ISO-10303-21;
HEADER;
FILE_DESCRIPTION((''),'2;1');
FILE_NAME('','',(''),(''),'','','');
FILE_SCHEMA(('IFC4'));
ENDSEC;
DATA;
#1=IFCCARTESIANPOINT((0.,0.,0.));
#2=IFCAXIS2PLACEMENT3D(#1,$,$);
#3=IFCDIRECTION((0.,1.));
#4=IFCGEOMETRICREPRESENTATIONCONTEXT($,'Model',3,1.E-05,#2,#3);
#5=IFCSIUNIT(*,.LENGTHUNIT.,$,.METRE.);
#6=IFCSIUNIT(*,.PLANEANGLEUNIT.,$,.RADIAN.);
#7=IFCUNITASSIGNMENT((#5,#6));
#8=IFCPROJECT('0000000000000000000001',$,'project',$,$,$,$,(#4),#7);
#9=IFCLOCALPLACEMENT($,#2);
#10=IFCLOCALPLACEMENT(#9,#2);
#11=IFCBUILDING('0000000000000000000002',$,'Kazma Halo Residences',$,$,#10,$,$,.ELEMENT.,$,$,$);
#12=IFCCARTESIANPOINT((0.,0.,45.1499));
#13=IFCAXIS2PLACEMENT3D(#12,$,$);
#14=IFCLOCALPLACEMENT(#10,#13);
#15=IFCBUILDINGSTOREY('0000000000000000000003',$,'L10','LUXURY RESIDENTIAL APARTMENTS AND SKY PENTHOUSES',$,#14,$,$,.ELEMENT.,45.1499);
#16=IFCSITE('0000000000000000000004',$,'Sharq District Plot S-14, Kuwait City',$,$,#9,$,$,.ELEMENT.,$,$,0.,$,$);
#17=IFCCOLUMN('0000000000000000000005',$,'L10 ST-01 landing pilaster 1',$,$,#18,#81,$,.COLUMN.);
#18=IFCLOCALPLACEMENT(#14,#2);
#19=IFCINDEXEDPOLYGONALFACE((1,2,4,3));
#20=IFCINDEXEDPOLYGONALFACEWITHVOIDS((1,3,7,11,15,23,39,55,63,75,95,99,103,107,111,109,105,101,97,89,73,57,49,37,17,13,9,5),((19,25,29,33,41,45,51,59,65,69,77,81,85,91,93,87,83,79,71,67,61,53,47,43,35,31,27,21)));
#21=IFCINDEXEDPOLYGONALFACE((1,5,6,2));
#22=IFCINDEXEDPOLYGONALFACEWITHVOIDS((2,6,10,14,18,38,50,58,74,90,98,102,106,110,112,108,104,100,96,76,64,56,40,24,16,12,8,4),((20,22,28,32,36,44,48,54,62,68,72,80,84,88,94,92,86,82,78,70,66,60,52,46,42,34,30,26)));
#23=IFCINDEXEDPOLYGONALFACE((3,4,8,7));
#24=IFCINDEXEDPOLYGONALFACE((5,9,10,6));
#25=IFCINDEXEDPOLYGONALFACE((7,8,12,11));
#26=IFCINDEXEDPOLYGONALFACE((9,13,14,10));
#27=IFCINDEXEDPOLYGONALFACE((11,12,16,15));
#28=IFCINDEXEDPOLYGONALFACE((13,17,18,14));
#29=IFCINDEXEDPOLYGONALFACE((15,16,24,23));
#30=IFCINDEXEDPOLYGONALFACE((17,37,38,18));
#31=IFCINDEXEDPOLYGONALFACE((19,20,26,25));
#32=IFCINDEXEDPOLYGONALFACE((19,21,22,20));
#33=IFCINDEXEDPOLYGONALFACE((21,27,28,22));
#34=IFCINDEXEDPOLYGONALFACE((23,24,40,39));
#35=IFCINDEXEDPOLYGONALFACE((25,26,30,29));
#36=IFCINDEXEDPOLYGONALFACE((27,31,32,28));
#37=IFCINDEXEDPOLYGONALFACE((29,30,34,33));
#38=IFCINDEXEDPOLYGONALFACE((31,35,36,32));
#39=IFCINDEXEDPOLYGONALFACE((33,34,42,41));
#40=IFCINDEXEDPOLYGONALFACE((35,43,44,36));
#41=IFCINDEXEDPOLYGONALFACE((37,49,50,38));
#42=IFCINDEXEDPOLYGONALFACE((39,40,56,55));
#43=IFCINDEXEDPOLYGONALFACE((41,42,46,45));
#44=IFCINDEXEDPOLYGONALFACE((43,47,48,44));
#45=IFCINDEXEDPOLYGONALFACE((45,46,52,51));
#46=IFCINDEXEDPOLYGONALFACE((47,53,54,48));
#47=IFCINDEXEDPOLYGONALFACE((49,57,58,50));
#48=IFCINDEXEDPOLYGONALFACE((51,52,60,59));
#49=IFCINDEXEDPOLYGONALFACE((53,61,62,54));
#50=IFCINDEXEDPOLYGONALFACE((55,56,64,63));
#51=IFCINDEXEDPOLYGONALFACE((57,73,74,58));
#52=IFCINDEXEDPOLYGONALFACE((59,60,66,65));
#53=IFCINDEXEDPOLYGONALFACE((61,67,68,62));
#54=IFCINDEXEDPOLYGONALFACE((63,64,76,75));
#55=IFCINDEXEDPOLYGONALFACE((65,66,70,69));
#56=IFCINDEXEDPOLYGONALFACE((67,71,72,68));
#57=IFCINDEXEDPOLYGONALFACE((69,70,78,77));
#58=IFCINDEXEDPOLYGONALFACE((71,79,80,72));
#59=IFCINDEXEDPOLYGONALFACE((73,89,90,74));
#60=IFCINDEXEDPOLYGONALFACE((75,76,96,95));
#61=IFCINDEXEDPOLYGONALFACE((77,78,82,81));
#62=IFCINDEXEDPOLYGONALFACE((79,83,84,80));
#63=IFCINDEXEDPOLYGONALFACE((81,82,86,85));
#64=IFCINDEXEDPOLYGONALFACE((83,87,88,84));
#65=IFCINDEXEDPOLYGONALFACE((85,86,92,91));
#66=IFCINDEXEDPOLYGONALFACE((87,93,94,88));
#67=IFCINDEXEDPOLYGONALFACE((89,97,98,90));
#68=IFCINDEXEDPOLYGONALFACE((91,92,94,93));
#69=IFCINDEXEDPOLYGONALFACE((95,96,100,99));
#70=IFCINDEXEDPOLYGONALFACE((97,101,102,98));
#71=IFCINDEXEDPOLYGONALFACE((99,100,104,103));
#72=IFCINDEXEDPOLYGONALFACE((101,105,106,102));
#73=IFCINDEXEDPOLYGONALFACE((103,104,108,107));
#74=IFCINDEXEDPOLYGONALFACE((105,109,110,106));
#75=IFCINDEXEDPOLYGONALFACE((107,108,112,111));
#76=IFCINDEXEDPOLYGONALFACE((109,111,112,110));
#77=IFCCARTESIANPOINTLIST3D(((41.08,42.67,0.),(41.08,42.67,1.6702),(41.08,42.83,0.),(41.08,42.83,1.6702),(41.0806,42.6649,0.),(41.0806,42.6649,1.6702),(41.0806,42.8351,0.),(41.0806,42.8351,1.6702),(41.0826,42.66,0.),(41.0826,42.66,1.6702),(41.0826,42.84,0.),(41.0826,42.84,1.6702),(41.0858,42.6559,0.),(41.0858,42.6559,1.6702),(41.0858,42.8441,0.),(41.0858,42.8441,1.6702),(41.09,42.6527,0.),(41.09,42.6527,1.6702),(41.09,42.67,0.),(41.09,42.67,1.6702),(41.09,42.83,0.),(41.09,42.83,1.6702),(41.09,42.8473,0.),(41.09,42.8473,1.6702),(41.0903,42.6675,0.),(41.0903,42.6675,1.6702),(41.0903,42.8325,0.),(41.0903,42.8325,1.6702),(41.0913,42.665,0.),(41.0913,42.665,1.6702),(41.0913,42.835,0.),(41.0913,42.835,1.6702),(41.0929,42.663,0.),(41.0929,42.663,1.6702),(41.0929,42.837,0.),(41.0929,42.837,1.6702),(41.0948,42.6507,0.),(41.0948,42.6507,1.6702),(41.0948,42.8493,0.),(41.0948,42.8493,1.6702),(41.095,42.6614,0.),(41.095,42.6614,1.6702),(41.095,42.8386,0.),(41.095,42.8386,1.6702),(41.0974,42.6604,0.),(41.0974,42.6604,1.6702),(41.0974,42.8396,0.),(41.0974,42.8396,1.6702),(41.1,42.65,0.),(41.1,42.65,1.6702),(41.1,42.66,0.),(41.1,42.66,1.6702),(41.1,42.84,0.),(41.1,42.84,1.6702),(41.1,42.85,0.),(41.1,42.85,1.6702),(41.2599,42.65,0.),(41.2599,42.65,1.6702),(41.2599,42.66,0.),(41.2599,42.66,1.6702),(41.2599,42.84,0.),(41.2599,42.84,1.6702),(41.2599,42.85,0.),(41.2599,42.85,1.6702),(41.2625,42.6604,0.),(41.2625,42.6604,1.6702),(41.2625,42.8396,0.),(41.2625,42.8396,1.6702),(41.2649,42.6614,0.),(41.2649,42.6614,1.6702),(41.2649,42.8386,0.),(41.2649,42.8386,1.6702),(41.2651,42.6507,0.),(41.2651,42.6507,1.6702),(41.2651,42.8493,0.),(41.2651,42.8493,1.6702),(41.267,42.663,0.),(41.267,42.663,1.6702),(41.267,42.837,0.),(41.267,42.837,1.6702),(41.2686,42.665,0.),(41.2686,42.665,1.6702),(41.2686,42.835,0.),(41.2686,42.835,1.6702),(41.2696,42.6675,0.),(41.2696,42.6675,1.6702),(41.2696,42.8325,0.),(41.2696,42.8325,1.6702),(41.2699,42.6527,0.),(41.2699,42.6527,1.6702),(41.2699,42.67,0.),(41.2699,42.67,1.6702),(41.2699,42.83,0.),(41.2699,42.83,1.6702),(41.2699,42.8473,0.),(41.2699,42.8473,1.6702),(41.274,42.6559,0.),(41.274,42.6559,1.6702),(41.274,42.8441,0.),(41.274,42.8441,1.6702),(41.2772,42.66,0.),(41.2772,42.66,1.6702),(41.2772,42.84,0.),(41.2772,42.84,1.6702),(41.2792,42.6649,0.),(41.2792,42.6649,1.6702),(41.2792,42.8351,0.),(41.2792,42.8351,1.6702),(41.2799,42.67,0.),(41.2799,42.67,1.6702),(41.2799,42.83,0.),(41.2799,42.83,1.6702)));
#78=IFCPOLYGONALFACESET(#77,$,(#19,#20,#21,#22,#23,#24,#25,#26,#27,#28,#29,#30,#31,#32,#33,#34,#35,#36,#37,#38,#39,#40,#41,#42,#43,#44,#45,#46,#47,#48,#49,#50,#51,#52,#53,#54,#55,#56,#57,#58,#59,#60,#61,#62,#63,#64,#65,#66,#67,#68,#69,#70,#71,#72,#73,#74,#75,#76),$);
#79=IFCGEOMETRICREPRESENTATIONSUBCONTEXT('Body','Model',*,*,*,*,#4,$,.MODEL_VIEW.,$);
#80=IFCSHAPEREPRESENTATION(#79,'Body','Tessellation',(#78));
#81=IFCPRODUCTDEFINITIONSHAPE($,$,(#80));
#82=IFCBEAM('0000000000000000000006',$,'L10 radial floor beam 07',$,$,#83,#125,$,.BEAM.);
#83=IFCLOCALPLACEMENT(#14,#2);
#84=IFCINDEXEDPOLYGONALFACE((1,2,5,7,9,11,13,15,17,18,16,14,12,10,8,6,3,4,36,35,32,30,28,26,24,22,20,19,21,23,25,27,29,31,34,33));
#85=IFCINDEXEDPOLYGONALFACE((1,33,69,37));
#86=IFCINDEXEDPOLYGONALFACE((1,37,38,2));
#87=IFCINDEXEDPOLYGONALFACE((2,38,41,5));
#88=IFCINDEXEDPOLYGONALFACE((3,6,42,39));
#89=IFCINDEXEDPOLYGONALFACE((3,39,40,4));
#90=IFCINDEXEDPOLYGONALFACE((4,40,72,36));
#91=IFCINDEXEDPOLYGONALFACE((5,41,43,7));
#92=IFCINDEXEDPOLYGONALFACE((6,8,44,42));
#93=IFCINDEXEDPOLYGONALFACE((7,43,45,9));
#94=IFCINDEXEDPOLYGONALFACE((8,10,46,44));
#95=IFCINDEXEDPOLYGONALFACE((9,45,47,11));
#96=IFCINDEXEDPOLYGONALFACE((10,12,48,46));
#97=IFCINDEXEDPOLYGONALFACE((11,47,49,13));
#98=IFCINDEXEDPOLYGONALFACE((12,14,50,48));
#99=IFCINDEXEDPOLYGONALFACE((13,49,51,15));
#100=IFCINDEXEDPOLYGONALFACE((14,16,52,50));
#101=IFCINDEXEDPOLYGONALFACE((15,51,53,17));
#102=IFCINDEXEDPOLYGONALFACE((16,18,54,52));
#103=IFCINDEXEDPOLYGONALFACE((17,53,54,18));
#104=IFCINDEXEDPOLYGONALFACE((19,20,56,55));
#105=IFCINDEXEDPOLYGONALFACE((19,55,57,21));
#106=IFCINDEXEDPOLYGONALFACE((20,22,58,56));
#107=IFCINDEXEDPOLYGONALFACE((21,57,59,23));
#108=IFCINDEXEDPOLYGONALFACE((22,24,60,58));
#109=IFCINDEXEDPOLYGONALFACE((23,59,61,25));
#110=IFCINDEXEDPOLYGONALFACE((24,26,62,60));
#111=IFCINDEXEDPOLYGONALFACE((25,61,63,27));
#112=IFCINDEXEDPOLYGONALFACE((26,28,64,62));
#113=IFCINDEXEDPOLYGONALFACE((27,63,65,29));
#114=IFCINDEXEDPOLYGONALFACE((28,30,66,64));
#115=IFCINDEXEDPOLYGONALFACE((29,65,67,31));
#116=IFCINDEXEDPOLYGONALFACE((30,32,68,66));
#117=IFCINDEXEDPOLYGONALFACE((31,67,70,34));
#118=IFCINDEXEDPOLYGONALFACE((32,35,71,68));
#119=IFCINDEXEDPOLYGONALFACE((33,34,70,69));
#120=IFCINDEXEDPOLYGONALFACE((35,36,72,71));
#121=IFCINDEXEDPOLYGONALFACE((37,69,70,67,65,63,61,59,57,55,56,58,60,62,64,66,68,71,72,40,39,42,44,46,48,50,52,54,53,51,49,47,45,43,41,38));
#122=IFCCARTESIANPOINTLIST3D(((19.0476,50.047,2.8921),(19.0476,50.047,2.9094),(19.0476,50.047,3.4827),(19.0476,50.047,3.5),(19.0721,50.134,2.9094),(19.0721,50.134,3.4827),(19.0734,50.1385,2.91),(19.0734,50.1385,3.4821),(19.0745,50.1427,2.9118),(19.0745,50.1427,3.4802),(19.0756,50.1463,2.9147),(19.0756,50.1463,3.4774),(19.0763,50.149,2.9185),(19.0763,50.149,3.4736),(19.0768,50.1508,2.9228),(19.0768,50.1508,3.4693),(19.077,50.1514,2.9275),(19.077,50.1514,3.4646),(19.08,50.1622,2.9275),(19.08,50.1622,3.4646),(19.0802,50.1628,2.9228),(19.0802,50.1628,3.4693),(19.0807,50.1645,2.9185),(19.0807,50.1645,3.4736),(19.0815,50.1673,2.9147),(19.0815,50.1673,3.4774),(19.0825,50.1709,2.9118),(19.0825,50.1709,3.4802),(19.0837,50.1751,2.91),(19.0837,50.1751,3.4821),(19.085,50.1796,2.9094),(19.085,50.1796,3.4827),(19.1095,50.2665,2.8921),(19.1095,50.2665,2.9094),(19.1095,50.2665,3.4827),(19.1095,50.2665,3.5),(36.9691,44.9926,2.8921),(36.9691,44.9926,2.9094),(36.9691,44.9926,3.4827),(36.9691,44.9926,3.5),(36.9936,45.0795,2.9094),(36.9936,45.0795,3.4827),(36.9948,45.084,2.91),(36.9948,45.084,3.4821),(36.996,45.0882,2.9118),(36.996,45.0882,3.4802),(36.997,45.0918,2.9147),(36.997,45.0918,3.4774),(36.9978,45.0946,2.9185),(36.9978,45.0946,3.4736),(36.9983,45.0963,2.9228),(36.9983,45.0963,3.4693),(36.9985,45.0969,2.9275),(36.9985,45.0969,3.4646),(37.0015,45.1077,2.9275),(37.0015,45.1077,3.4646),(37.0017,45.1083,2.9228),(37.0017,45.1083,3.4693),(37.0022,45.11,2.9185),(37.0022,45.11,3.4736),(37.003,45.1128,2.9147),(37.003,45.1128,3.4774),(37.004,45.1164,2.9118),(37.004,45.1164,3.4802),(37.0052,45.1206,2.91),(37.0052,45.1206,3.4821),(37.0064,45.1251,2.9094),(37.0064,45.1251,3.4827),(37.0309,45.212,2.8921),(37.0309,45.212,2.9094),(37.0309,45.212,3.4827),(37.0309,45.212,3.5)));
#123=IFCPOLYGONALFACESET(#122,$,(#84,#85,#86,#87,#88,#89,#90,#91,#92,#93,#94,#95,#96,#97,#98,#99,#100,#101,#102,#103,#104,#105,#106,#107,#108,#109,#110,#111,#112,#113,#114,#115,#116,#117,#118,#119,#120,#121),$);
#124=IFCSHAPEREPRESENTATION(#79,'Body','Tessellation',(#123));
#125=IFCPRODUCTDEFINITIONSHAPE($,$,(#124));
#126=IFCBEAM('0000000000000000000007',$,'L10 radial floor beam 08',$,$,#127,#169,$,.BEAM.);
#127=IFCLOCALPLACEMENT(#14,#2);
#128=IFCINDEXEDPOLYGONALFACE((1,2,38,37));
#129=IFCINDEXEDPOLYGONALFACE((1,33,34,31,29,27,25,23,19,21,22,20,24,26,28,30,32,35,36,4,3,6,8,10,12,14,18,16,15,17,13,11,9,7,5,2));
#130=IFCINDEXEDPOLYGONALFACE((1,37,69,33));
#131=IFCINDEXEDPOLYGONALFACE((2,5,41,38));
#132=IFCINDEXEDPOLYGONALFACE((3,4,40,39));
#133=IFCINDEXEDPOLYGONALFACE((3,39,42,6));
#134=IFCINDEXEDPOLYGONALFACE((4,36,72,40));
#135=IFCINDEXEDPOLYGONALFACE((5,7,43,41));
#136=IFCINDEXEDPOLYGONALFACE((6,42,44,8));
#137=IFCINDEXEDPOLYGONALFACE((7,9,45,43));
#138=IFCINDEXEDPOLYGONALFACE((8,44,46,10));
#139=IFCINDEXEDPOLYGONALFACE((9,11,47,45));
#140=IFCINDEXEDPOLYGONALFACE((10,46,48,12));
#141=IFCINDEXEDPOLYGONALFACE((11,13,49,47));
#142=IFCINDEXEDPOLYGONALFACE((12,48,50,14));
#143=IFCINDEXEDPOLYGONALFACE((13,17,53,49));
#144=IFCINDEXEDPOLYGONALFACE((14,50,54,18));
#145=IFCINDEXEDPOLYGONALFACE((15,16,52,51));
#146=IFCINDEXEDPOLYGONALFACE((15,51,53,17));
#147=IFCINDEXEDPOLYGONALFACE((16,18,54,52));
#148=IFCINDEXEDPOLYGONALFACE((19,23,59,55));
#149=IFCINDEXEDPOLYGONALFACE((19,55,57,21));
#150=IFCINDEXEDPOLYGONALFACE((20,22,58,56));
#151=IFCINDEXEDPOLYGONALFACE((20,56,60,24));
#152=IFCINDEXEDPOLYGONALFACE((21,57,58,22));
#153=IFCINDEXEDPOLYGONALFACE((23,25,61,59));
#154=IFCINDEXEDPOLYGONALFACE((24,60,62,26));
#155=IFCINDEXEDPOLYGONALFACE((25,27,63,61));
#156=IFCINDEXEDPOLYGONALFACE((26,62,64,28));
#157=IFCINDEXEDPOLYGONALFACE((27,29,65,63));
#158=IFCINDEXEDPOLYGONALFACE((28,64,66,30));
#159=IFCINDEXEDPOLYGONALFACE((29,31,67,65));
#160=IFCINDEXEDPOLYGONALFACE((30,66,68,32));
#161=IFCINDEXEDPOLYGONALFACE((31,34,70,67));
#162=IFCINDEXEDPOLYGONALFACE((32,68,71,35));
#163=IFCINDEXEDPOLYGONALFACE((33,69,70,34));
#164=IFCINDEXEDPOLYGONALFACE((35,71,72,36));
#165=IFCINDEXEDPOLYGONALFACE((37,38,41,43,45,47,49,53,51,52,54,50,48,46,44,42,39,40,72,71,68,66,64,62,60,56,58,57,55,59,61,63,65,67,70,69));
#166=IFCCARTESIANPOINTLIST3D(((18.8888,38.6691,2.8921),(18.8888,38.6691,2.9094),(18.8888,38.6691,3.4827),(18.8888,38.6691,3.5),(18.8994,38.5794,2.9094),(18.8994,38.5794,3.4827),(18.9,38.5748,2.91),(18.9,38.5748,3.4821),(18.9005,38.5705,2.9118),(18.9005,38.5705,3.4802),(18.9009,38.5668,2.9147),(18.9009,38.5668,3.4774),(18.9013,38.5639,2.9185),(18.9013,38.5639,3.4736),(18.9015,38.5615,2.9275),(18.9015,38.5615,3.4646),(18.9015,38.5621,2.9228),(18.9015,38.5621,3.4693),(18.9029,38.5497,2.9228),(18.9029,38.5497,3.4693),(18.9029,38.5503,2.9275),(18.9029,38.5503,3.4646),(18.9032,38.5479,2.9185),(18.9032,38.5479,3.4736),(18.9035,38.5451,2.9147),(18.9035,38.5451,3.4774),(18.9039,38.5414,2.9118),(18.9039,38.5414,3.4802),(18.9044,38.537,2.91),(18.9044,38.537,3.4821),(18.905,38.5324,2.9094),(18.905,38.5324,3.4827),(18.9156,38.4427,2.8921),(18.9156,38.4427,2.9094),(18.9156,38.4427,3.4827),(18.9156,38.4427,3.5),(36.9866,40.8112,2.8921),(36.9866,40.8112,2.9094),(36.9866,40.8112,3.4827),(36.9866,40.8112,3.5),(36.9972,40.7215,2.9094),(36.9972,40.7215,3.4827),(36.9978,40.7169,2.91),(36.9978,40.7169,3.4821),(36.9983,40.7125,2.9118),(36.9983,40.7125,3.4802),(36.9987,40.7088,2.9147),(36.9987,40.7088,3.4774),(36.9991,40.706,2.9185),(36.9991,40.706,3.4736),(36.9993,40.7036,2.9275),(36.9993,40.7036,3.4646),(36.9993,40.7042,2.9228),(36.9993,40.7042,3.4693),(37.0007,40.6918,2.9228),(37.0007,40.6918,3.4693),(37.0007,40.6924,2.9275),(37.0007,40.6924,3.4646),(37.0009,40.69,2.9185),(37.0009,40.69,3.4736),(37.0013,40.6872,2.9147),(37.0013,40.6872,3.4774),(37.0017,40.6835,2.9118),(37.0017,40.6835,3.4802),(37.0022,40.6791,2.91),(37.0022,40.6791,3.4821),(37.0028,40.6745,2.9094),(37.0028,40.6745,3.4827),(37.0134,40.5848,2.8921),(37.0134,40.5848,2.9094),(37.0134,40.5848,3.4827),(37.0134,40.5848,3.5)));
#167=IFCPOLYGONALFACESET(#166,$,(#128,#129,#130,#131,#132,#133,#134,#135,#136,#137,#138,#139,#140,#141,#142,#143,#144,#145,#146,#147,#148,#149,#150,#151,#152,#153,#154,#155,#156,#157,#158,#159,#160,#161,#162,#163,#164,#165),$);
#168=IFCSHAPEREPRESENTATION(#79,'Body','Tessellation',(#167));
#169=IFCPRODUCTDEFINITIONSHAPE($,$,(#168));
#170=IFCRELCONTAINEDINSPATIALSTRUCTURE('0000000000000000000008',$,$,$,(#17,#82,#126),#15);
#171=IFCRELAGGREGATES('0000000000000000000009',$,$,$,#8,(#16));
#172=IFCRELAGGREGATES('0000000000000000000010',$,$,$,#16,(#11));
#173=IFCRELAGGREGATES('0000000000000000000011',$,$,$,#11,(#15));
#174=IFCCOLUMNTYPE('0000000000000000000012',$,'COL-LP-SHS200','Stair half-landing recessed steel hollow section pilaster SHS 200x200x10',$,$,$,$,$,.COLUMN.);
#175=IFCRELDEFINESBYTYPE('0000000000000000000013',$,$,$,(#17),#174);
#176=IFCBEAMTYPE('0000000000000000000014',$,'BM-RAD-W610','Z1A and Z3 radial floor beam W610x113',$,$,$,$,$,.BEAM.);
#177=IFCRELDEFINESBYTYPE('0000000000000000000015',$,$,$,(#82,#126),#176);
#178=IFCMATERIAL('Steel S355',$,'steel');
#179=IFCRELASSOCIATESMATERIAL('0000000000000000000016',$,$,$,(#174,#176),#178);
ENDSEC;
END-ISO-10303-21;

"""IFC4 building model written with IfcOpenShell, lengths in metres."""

from ifc_helpers import new_model, si_unit, direction, frame, origin, origin_2d, place, context, subcontext, project, spatial, hollow_rectangle, i_section, extrude, material, material_profile, profile_set, type_object, element, save


model = new_model("IFC4")

# Units and contexts
model_context = context("Model", 3, precision=1e-05, world=origin(), true_north=direction((0.0, 1.0)))
body_context = subcontext(model_context, "Body", "Model", "MODEL_VIEW")
ifc_project = project(units=[si_unit("LENGTHUNIT", "METRE"), si_unit("PLANEANGLEUNIT", "RADIAN")], contexts=[model_context])

# Site, building, storey
site_placement = place(None, origin())
site = spatial("IfcSite", under=ifc_project, at=site_placement, Name="Sharq District Plot S-14, Kuwait City", CompositionType="ELEMENT", RefElevation=0.0)
building_placement = place(site_placement, origin())
building = spatial("IfcBuilding", under=site, at=building_placement, Name="Kazma Halo Residences", CompositionType="ELEMENT")
storey_placement = place(building_placement, frame((0.0, 0.0, 45.1499)))
storey = spatial("IfcBuildingStorey", under=building, at=storey_placement, Name="L10", Description="LUXURY RESIDENTIAL APARTMENTS AND SKY PENTHOUSES", CompositionType="ELEMENT", Elevation=45.1499)

# Column
ifc_material_1 = material(Name="Steel S355", Category="steel")
ifc_material_profile_1 = material_profile(ifc_material_1, hollow_rectangle(XDim=0.2, YDim=0.2, WallThickness=0.01, InnerFilletRadius=0.01, OuterFilletRadius=0.02, at=origin_2d()), Name="SHS200x200x10")
ifc_profile_set_1 = profile_set([ifc_material_profile_1], Name="Steel S355")
column_type = type_object("IfcColumnType", Name="COL-LP-SHS200", Description="Stair half-landing recessed steel hollow section pilaster SHS 200x200x10", PredefinedType="COLUMN", material=ifc_profile_set_1)
column_placement = place(storey_placement, frame((41.1799, 42.75, 0.0), z_axis=(0.0, 0.0, 1.0), x_axis=(1.0, 0.0, 0.0)))
element("IfcColumn", 1, at=column_placement, inside=storey, type_object=column_type, Name="L10 ST-01 landing pilaster 1", PredefinedType="COLUMN", context=body_context, shape_type="SweptSolid", body=[
    extrude(hollow_rectangle(XDim=0.2, YDim=0.2, WallThickness=0.01, InnerFilletRadius=0.01, OuterFilletRadius=0.02, at=origin_2d()), origin(), (0.0, 0.0, 1.0), 1.6702),
])

# Beams
ifc_material_profile_2 = material_profile(ifc_material_1, i_section(OverallWidth=0.228, OverallDepth=0.6079, WebThickness=0.0112, FlangeThickness=0.0173, FilletRadius=0.0181, at=origin_2d()), Name="W610x113")
ifc_profile_set_2 = profile_set([ifc_material_profile_2], Name="Steel S355")
beam_type_1 = type_object("IfcBeamType", Name="BM-RAD-W610", Description="Z1A and Z3 radial floor beam W610x113", PredefinedType="BEAM", material=ifc_profile_set_2)
beam_1_placement = place(storey_placement, frame((37.0, 45.1023, 3.196), z_axis=(-0.962454, 0.271445, 0.0), x_axis=(-0.271445, -0.962454, 0.0)))
element("IfcBeam", 2, at=beam_1_placement, inside=storey, type_object=beam_type_1, Name="L10 radial floor beam 07", PredefinedType="BEAM", context=body_context, shape_type="SweptSolid", body=[
    extrude(i_section(OverallWidth=0.228, OverallDepth=0.6079, WebThickness=0.0112, FlangeThickness=0.0173, FilletRadius=0.0181, at=origin_2d()), origin(), (0.0, 0.0, 1.0), 18.6206),
])
beam_2_placement = place(storey_placement, frame((37.0, 40.698, 3.196), z_axis=(-0.993068, -0.117541, 0.0), x_axis=(0.117541, -0.993068, 0.0)))
element("IfcBeam", 3, at=beam_2_placement, inside=storey, type_object=beam_type_1, Name="L10 radial floor beam 08", PredefinedType="BEAM", context=body_context, shape_type="SweptSolid", body=[
    extrude(i_section(OverallWidth=0.228, OverallDepth=0.6079, WebThickness=0.0112, FlangeThickness=0.0173, FilletRadius=0.0181, at=origin_2d()), origin(), (0.0, 0.0, 1.0), 18.2241),
])

save(model, "model.ifc")
